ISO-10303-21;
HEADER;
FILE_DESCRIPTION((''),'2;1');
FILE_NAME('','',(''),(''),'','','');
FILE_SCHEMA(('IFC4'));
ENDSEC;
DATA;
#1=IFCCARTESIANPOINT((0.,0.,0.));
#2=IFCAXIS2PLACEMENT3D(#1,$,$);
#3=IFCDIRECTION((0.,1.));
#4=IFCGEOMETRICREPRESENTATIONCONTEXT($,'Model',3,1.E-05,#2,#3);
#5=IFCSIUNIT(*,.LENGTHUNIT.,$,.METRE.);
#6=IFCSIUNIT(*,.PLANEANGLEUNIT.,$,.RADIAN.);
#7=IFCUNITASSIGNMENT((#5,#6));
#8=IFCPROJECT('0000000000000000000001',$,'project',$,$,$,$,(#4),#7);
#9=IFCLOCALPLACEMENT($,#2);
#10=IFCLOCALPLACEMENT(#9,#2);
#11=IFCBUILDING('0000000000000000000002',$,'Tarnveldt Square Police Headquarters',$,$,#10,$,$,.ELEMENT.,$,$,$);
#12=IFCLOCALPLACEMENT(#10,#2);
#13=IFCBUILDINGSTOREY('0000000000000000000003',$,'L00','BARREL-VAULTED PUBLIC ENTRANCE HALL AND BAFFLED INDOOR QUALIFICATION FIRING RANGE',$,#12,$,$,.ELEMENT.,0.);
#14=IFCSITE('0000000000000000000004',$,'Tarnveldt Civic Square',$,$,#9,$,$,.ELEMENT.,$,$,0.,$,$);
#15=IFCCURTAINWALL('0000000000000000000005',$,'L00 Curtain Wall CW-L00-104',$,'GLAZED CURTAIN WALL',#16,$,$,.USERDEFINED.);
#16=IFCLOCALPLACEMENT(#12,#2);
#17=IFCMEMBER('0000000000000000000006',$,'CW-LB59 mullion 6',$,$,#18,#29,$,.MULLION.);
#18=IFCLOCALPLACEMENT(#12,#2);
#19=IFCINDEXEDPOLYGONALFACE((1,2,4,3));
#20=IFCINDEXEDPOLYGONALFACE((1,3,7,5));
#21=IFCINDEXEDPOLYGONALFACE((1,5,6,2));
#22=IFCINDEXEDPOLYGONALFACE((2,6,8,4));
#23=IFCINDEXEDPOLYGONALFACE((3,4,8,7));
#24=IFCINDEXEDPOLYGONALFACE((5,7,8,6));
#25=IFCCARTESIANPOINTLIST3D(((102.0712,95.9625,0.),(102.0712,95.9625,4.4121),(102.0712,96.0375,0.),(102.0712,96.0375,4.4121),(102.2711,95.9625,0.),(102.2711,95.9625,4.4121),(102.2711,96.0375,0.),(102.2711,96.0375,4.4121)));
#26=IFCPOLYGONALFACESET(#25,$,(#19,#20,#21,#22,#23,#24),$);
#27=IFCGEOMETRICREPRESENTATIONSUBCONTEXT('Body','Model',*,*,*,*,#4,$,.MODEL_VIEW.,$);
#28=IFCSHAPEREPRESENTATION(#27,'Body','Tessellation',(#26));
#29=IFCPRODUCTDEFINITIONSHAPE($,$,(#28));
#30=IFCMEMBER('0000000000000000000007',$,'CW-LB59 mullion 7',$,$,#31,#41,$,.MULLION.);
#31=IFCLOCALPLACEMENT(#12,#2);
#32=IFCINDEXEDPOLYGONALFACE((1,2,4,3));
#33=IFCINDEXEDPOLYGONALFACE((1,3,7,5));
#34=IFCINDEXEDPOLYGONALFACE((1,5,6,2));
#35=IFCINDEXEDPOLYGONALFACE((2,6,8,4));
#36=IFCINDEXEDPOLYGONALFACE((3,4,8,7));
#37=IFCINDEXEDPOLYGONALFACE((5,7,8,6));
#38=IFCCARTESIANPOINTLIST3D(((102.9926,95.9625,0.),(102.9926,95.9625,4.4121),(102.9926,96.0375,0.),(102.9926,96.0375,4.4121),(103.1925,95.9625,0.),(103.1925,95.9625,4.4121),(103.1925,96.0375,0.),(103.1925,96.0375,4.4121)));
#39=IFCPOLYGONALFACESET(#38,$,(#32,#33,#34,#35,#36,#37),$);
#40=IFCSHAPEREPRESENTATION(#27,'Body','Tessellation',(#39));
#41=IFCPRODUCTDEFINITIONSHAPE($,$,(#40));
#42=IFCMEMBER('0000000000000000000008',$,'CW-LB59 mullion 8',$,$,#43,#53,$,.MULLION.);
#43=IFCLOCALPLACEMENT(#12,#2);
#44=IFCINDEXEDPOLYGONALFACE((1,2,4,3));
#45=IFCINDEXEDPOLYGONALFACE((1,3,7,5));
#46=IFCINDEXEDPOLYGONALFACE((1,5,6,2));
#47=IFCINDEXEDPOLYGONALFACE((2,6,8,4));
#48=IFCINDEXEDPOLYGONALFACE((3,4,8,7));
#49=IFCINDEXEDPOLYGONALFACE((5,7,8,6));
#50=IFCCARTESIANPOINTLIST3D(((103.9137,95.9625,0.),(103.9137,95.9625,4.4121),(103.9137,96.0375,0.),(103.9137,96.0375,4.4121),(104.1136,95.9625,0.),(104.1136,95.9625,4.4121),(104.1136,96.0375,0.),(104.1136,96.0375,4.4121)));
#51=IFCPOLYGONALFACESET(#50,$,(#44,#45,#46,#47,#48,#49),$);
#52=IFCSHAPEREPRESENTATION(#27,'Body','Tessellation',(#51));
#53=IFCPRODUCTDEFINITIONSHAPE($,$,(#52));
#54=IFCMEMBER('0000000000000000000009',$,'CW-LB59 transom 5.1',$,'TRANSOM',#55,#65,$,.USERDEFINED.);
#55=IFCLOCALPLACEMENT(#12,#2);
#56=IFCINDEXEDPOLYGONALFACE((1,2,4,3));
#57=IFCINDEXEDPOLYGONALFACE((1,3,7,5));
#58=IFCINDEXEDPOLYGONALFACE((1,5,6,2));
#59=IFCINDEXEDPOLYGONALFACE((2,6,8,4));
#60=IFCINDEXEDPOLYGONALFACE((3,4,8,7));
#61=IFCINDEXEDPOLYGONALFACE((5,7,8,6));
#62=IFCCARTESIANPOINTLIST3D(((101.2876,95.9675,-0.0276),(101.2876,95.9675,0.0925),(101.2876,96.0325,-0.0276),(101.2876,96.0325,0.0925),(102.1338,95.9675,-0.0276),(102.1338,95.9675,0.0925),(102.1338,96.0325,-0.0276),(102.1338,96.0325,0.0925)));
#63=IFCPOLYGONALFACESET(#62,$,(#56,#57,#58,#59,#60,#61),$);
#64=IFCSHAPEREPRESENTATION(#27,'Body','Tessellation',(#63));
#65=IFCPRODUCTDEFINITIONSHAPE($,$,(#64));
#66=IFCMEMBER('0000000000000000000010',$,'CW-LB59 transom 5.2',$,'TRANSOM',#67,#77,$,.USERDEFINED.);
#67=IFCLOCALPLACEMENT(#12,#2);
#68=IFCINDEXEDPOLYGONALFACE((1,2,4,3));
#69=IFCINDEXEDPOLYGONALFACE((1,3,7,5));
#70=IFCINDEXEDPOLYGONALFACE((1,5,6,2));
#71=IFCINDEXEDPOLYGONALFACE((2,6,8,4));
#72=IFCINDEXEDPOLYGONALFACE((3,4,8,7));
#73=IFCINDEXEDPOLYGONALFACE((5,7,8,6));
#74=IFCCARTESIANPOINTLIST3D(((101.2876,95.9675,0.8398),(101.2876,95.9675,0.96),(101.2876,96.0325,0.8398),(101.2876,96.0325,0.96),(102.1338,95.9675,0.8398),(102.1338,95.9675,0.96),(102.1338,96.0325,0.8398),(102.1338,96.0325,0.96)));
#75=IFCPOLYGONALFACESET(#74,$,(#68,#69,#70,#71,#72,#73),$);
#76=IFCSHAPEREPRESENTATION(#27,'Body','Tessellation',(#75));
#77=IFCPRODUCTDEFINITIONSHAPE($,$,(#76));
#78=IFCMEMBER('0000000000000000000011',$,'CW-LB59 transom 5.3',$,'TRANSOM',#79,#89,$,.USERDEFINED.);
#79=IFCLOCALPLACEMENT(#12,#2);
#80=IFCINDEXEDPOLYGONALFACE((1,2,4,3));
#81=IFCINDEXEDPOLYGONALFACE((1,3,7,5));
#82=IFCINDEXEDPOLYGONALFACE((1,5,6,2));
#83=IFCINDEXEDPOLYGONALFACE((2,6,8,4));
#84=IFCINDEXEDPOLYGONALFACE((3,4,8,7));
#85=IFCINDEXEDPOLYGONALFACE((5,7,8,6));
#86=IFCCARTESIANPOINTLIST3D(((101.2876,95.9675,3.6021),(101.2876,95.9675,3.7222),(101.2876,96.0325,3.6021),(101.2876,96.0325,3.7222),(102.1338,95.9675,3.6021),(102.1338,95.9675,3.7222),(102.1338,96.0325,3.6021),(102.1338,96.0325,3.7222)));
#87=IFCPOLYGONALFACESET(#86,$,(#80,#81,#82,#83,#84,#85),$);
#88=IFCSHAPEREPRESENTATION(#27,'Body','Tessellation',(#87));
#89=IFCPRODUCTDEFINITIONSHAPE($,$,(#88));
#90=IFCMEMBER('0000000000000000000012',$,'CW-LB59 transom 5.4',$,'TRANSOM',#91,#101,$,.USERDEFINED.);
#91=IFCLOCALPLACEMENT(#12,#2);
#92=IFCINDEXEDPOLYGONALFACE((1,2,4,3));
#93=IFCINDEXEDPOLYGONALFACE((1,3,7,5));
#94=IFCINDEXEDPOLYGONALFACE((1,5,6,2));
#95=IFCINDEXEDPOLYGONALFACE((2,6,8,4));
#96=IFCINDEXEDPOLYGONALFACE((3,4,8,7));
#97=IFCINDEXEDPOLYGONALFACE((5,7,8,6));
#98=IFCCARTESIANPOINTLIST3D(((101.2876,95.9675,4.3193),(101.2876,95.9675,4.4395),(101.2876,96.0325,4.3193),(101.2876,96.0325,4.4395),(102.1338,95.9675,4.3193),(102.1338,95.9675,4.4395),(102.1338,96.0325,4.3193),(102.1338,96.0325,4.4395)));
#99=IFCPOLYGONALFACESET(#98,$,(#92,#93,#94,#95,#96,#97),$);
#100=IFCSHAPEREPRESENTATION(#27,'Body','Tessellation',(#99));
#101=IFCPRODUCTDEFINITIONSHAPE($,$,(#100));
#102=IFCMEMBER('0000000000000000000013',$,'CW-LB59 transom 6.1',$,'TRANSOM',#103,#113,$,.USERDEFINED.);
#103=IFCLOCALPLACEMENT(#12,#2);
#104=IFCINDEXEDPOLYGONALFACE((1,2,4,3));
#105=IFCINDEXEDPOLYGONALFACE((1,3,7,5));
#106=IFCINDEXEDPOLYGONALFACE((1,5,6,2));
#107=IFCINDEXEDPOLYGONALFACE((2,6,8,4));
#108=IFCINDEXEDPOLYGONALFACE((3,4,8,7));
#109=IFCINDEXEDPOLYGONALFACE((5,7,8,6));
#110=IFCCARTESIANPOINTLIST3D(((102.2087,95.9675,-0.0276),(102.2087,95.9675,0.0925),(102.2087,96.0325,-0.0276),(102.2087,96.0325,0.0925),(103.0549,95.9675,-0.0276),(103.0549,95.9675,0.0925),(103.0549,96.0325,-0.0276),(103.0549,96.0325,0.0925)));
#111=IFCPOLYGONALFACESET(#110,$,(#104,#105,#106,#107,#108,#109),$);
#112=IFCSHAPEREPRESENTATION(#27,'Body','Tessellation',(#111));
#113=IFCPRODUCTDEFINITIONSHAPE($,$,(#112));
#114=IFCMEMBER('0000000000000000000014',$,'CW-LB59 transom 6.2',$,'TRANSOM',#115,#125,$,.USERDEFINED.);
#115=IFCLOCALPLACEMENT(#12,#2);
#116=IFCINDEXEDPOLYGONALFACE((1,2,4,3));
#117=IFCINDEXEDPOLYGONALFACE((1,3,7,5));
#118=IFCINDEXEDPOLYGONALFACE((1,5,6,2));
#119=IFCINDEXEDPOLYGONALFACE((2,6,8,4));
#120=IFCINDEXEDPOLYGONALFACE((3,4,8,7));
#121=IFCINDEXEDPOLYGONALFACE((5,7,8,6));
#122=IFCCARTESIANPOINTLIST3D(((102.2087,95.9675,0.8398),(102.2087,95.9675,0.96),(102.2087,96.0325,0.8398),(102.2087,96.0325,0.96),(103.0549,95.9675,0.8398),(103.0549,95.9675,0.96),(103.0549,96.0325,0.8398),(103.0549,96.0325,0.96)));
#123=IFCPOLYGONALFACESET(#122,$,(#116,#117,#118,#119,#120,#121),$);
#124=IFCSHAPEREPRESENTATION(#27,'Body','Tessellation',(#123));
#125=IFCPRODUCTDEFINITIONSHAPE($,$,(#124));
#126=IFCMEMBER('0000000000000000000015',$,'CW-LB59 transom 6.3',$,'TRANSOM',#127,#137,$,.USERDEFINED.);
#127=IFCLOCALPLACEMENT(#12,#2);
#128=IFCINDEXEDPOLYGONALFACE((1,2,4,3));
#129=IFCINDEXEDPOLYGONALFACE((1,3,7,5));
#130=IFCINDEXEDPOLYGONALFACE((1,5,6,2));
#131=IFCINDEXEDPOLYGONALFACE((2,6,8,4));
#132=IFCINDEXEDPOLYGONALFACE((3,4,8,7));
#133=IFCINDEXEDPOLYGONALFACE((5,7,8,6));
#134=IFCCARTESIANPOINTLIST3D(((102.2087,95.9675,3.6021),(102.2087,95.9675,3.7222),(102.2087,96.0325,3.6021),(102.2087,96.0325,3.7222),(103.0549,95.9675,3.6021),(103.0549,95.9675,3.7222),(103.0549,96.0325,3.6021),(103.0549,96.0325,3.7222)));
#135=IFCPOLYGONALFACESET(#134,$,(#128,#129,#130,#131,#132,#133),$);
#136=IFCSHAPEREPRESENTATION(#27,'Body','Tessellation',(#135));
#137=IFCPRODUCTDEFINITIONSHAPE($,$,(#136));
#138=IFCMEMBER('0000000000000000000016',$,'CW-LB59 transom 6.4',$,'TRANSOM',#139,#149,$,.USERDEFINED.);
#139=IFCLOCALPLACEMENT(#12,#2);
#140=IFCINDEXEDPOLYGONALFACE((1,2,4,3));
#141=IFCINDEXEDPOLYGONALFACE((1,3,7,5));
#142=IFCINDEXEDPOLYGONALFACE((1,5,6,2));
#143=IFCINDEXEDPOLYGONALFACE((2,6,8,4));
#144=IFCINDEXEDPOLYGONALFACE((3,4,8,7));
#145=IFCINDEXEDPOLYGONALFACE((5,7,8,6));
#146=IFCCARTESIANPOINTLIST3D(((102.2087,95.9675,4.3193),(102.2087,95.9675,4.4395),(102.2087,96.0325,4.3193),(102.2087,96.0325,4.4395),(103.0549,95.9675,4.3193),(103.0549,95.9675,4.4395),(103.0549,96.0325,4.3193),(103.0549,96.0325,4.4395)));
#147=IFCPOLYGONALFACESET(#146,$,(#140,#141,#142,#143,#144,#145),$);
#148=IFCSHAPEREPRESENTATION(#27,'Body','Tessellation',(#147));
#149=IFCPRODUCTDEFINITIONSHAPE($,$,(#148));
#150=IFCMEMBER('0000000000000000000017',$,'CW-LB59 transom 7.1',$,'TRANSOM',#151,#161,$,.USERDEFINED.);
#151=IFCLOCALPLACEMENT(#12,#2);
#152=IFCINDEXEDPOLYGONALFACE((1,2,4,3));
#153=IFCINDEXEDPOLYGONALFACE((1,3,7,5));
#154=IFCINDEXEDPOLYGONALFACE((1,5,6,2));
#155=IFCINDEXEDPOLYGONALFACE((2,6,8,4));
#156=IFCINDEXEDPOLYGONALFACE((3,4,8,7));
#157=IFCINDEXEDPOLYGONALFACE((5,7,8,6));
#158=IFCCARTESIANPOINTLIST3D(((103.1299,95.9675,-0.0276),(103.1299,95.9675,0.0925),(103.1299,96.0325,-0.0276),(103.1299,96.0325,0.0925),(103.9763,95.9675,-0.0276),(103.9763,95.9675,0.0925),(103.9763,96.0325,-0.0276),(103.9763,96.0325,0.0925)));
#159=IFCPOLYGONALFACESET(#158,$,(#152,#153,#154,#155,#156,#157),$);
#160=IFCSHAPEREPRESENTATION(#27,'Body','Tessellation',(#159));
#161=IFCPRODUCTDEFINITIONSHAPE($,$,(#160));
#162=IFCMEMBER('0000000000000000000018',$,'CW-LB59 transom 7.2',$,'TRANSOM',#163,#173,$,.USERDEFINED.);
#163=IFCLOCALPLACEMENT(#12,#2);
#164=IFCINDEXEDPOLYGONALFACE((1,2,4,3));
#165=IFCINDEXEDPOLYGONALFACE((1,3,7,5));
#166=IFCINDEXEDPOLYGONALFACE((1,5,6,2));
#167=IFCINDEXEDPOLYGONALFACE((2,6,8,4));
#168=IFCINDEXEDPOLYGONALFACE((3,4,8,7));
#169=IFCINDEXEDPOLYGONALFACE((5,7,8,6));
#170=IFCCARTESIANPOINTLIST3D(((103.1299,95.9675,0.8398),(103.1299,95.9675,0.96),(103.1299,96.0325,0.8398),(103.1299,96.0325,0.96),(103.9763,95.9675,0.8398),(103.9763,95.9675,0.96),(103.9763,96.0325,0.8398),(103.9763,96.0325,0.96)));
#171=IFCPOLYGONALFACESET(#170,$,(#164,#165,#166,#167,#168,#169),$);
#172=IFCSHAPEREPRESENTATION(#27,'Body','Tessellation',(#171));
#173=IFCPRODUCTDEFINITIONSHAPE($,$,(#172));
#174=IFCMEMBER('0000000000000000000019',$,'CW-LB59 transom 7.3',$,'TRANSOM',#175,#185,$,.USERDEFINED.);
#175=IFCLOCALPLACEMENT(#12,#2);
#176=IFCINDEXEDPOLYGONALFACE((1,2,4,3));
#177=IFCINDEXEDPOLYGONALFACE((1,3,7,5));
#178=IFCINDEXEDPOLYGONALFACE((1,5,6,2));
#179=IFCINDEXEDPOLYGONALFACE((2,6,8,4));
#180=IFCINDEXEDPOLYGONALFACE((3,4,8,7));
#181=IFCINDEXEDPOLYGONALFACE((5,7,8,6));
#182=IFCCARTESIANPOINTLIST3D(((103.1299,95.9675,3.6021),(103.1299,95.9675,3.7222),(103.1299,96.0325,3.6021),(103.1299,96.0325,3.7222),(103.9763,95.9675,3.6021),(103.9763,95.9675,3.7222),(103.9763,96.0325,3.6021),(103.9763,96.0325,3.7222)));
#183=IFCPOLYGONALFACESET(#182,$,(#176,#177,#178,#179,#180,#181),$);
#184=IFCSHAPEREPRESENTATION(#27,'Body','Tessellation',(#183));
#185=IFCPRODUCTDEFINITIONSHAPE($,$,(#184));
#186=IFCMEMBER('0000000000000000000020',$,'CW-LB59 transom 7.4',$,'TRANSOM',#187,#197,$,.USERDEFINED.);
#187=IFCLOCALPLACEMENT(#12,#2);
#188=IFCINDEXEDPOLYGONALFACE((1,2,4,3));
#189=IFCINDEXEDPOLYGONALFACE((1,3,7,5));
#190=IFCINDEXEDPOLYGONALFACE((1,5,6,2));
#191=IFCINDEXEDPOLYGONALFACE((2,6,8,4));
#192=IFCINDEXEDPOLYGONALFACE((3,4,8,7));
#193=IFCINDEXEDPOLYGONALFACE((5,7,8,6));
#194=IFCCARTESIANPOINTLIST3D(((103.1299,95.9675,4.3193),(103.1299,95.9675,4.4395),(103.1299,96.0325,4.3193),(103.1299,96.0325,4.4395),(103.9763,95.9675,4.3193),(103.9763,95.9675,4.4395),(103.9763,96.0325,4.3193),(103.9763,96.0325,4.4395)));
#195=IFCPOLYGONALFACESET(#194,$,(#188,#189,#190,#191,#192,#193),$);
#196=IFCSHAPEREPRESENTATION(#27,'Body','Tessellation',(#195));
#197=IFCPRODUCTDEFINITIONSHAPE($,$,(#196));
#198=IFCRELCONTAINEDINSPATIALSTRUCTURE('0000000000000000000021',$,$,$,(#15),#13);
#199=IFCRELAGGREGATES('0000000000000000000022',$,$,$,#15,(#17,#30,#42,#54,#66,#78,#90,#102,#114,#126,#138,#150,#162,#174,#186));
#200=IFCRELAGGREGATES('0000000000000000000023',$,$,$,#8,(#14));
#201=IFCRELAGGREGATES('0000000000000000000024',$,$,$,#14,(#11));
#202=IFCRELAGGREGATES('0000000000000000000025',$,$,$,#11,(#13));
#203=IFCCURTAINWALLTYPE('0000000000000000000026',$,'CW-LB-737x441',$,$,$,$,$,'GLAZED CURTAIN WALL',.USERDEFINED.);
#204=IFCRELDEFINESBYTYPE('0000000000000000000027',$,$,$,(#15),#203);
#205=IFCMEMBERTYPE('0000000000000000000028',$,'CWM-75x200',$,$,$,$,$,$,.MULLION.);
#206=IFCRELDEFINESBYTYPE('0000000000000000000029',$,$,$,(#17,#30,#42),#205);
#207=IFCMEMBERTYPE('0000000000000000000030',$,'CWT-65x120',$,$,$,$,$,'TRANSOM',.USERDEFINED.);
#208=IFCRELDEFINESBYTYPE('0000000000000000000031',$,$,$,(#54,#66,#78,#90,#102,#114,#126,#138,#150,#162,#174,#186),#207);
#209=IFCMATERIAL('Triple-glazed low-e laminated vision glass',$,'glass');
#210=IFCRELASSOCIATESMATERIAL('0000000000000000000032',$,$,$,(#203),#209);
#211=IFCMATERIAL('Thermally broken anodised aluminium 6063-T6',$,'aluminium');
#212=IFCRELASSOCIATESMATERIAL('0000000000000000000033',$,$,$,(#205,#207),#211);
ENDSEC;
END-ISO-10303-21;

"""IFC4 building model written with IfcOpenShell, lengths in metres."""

from ifc_helpers import new_model, si_unit, direction, frame, origin, origin_2d, place, context, subcontext, project, spatial, rectangle, extrude, material, material_profile, profile_set, type_object, element, aggregate, save


model = new_model("IFC4")

# Units and contexts
model_context = context("Model", 3, precision=1e-05, world=origin(), true_north=direction((0.0, 1.0)))
body_context = subcontext(model_context, "Body", "Model", "MODEL_VIEW")
ifc_project = project(units=[si_unit("LENGTHUNIT", "METRE"), si_unit("PLANEANGLEUNIT", "RADIAN")], contexts=[model_context])

# Site, building, storey
site_placement = place(None, origin())
site = spatial("IfcSite", under=ifc_project, at=site_placement, Name="Tarnveldt Civic Square", CompositionType="ELEMENT", RefElevation=0.0)
building_placement = place(site_placement, origin())
building = spatial("IfcBuilding", under=site, at=building_placement, Name="Tarnveldt Square Police Headquarters", CompositionType="ELEMENT")
storey_placement = place(building_placement, origin())
storey = spatial("IfcBuildingStorey", under=building, at=storey_placement, Name="L00", Description="BARREL-VAULTED PUBLIC ENTRANCE HALL AND BAFFLED INDOOR QUALIFICATION FIRING RANGE", CompositionType="ELEMENT", Elevation=0.0)

# Curtain wall, members
ifc_material_1 = material(Name="Triple-glazed low-e laminated vision glass", Category="glass")
curtain_wall_type = type_object("IfcCurtainWallType", Name="CW-LB-737x441", ElementType="GLAZED CURTAIN WALL", PredefinedType="USERDEFINED", material=ifc_material_1)
curtain_wall_placement = place(storey_placement, origin())
curtain_wall = element("IfcCurtainWall", 1, at=curtain_wall_placement, inside=storey, type_object=curtain_wall_type, Name="L00 Curtain Wall CW-L00-104", ObjectType="GLAZED CURTAIN WALL", PredefinedType="USERDEFINED")
ifc_material_2 = material(Name="Thermally broken anodised aluminium 6063-T6", Category="aluminium")
ifc_material_profile_1 = material_profile(ifc_material_2, rectangle(XDim=0.075, YDim=0.2, at=origin_2d()), Name="CW-M75x200")
ifc_profile_set_1 = profile_set([ifc_material_profile_1], Name="Thermally broken anodised aluminium 6063-T6")
member_type_1 = type_object("IfcMemberType", Name="CWM-75x200", PredefinedType="MULLION", material=ifc_profile_set_1)
member_1_placement = place(storey_placement, frame((102.1711, 96.0, 0.0), z_axis=(0.0, 0.0, 1.0), x_axis=(0.0, 1.0, 0.0)))
member_1 = element("IfcMember", 2, at=member_1_placement, type_object=member_type_1, Name="CW-LB59 mullion 6", PredefinedType="MULLION", context=body_context, shape_type="SweptSolid", body=[
    extrude(rectangle(XDim=0.075, YDim=0.2, at=origin_2d()), origin(), (0.0, 0.0, 1.0), 4.4121),
])
member_2_placement = place(storey_placement, frame((103.0925, 96.0, 0.0), z_axis=(0.0, 0.0, 1.0), x_axis=(0.0, 1.0, 0.0)))
member_2 = element("IfcMember", 3, at=member_2_placement, type_object=member_type_1, Name="CW-LB59 mullion 7", PredefinedType="MULLION", context=body_context, shape_type="SweptSolid", body=[
    extrude(rectangle(XDim=0.075, YDim=0.2, at=origin_2d()), origin(), (0.0, 0.0, 1.0), 4.4121),
])
member_3_placement = place(storey_placement, frame((104.0137, 96.0, 0.0), z_axis=(0.0, 0.0, 1.0), x_axis=(0.0, 1.0, 0.0)))
member_3 = element("IfcMember", 4, at=member_3_placement, type_object=member_type_1, Name="CW-LB59 mullion 8", PredefinedType="MULLION", context=body_context, shape_type="SweptSolid", body=[
    extrude(rectangle(XDim=0.075, YDim=0.2, at=origin_2d()), origin(), (0.0, 0.0, 1.0), 4.4121),
])
ifc_material_profile_2 = material_profile(ifc_material_2, rectangle(XDim=0.0649, YDim=0.1201, at=origin_2d()), Name="CW-T65x120")
ifc_profile_set_2 = profile_set([ifc_material_profile_2], Name="Thermally broken anodised aluminium 6063-T6")
member_type_2 = type_object("IfcMemberType", Name="CWT-65x120", ElementType="TRANSOM", PredefinedType="USERDEFINED", material=ifc_profile_set_2)
member_4_placement = place(storey_placement, frame((101.2876, 96.0, 0.0325), z_axis=(1.0, 0.0, 0.0), x_axis=(0.0, 1.0, 0.0)))
member_4 = element("IfcMember", 5, at=member_4_placement, type_object=member_type_2, Name="CW-LB59 transom 5.1", ObjectType="TRANSOM", PredefinedType="USERDEFINED", context=body_context, shape_type="SweptSolid", body=[
    extrude(rectangle(XDim=0.0649, YDim=0.1201, at=origin_2d()), origin(), (0.0, 0.0, 1.0), 0.8462),
])
member_5_placement = place(storey_placement, frame((101.2876, 96.0, 0.8999), z_axis=(1.0, 0.0, 0.0), x_axis=(0.0, 1.0, 0.0)))
member_5 = element("IfcMember", 6, at=member_5_placement, type_object=member_type_2, Name="CW-LB59 transom 5.2", ObjectType="TRANSOM", PredefinedType="USERDEFINED", context=body_context, shape_type="SweptSolid", body=[
    extrude(rectangle(XDim=0.0649, YDim=0.1201, at=origin_2d()), origin(), (0.0, 0.0, 1.0), 0.8462),
])
member_6_placement = place(storey_placement, frame((101.2876, 96.0, 3.6621), z_axis=(1.0, 0.0, 0.0), x_axis=(0.0, 1.0, 0.0)))
member_6 = element("IfcMember", 7, at=member_6_placement, type_object=member_type_2, Name="CW-LB59 transom 5.3", ObjectType="TRANSOM", PredefinedType="USERDEFINED", context=body_context, shape_type="SweptSolid", body=[
    extrude(rectangle(XDim=0.0649, YDim=0.1201, at=origin_2d()), origin(), (0.0, 0.0, 1.0), 0.8462),
])
member_7_placement = place(storey_placement, frame((101.2876, 96.0, 4.3794), z_axis=(1.0, 0.0, 0.0), x_axis=(0.0, 1.0, 0.0)))
member_7 = element("IfcMember", 8, at=member_7_placement, type_object=member_type_2, Name="CW-LB59 transom 5.4", ObjectType="TRANSOM", PredefinedType="USERDEFINED", context=body_context, shape_type="SweptSolid", body=[
    extrude(rectangle(XDim=0.0649, YDim=0.1201, at=origin_2d()), origin(), (0.0, 0.0, 1.0), 0.8462),
])
member_8_placement = place(storey_placement, frame((102.2087, 96.0, 0.0325), z_axis=(1.0, 0.0, 0.0), x_axis=(0.0, 1.0, 0.0)))
member_8 = element("IfcMember", 9, at=member_8_placement, type_object=member_type_2, Name="CW-LB59 transom 6.1", ObjectType="TRANSOM", PredefinedType="USERDEFINED", context=body_context, shape_type="SweptSolid", body=[
    extrude(rectangle(XDim=0.0649, YDim=0.1201, at=origin_2d()), origin(), (0.0, 0.0, 1.0), 0.8462),
])
member_9_placement = place(storey_placement, frame((102.2087, 96.0, 0.8999), z_axis=(1.0, 0.0, 0.0), x_axis=(0.0, 1.0, 0.0)))
member_9 = element("IfcMember", 10, at=member_9_placement, type_object=member_type_2, Name="CW-LB59 transom 6.2", ObjectType="TRANSOM", PredefinedType="USERDEFINED", context=body_context, shape_type="SweptSolid", body=[
    extrude(rectangle(XDim=0.0649, YDim=0.1201, at=origin_2d()), origin(), (0.0, 0.0, 1.0), 0.8462),
])
member_10_placement = place(storey_placement, frame((102.2087, 96.0, 3.6621), z_axis=(1.0, 0.0, 0.0), x_axis=(0.0, 1.0, 0.0)))
member_10 = element("IfcMember", 11, at=member_10_placement, type_object=member_type_2, Name="CW-LB59 transom 6.3", ObjectType="TRANSOM", PredefinedType="USERDEFINED", context=body_context, shape_type="SweptSolid", body=[
    extrude(rectangle(XDim=0.0649, YDim=0.1201, at=origin_2d()), origin(), (0.0, 0.0, 1.0), 0.8462),
])
member_11_placement = place(storey_placement, frame((102.2087, 96.0, 4.3794), z_axis=(1.0, 0.0, 0.0), x_axis=(0.0, 1.0, 0.0)))
member_11 = element("IfcMember", 12, at=member_11_placement, type_object=member_type_2, Name="CW-LB59 transom 6.4", ObjectType="TRANSOM", PredefinedType="USERDEFINED", context=body_context, shape_type="SweptSolid", body=[
    extrude(rectangle(XDim=0.0649, YDim=0.1201, at=origin_2d()), origin(), (0.0, 0.0, 1.0), 0.8462),
])
member_12_placement = place(storey_placement, frame((103.1299, 96.0, 0.0325), z_axis=(1.0, 0.0, 0.0), x_axis=(0.0, 1.0, 0.0)))
member_12 = element("IfcMember", 13, at=member_12_placement, type_object=member_type_2, Name="CW-LB59 transom 7.1", ObjectType="TRANSOM", PredefinedType="USERDEFINED", context=body_context, shape_type="SweptSolid", body=[
    extrude(rectangle(XDim=0.0649, YDim=0.1201, at=origin_2d()), origin(), (0.0, 0.0, 1.0), 0.8464),
])
member_13_placement = place(storey_placement, frame((103.1299, 96.0, 0.8999), z_axis=(1.0, 0.0, 0.0), x_axis=(0.0, 1.0, 0.0)))
member_13 = element("IfcMember", 14, at=member_13_placement, type_object=member_type_2, Name="CW-LB59 transom 7.2", ObjectType="TRANSOM", PredefinedType="USERDEFINED", context=body_context, shape_type="SweptSolid", body=[
    extrude(rectangle(XDim=0.0649, YDim=0.1201, at=origin_2d()), origin(), (0.0, 0.0, 1.0), 0.8464),
])
member_14_placement = place(storey_placement, frame((103.1299, 96.0, 3.6621), z_axis=(1.0, 0.0, 0.0), x_axis=(0.0, 1.0, 0.0)))
member_14 = element("IfcMember", 15, at=member_14_placement, type_object=member_type_2, Name="CW-LB59 transom 7.3", ObjectType="TRANSOM", PredefinedType="USERDEFINED", context=body_context, shape_type="SweptSolid", body=[
    extrude(rectangle(XDim=0.0649, YDim=0.1201, at=origin_2d()), origin(), (0.0, 0.0, 1.0), 0.8464),
])
member_15_placement = place(storey_placement, frame((103.1299, 96.0, 4.3794), z_axis=(1.0, 0.0, 0.0), x_axis=(0.0, 1.0, 0.0)))
member_15 = element("IfcMember", 16, at=member_15_placement, type_object=member_type_2, Name="CW-LB59 transom 7.4", ObjectType="TRANSOM", PredefinedType="USERDEFINED", context=body_context, shape_type="SweptSolid", body=[
    extrude(rectangle(XDim=0.0649, YDim=0.1201, at=origin_2d()), origin(), (0.0, 0.0, 1.0), 0.8464),
])
aggregate(curtain_wall, [member_1, member_2, member_3, member_4, member_5, member_6, member_7, member_8, member_9, member_10, member_11, member_12, member_13, member_14, member_15])

save(model, "model.ifc")
